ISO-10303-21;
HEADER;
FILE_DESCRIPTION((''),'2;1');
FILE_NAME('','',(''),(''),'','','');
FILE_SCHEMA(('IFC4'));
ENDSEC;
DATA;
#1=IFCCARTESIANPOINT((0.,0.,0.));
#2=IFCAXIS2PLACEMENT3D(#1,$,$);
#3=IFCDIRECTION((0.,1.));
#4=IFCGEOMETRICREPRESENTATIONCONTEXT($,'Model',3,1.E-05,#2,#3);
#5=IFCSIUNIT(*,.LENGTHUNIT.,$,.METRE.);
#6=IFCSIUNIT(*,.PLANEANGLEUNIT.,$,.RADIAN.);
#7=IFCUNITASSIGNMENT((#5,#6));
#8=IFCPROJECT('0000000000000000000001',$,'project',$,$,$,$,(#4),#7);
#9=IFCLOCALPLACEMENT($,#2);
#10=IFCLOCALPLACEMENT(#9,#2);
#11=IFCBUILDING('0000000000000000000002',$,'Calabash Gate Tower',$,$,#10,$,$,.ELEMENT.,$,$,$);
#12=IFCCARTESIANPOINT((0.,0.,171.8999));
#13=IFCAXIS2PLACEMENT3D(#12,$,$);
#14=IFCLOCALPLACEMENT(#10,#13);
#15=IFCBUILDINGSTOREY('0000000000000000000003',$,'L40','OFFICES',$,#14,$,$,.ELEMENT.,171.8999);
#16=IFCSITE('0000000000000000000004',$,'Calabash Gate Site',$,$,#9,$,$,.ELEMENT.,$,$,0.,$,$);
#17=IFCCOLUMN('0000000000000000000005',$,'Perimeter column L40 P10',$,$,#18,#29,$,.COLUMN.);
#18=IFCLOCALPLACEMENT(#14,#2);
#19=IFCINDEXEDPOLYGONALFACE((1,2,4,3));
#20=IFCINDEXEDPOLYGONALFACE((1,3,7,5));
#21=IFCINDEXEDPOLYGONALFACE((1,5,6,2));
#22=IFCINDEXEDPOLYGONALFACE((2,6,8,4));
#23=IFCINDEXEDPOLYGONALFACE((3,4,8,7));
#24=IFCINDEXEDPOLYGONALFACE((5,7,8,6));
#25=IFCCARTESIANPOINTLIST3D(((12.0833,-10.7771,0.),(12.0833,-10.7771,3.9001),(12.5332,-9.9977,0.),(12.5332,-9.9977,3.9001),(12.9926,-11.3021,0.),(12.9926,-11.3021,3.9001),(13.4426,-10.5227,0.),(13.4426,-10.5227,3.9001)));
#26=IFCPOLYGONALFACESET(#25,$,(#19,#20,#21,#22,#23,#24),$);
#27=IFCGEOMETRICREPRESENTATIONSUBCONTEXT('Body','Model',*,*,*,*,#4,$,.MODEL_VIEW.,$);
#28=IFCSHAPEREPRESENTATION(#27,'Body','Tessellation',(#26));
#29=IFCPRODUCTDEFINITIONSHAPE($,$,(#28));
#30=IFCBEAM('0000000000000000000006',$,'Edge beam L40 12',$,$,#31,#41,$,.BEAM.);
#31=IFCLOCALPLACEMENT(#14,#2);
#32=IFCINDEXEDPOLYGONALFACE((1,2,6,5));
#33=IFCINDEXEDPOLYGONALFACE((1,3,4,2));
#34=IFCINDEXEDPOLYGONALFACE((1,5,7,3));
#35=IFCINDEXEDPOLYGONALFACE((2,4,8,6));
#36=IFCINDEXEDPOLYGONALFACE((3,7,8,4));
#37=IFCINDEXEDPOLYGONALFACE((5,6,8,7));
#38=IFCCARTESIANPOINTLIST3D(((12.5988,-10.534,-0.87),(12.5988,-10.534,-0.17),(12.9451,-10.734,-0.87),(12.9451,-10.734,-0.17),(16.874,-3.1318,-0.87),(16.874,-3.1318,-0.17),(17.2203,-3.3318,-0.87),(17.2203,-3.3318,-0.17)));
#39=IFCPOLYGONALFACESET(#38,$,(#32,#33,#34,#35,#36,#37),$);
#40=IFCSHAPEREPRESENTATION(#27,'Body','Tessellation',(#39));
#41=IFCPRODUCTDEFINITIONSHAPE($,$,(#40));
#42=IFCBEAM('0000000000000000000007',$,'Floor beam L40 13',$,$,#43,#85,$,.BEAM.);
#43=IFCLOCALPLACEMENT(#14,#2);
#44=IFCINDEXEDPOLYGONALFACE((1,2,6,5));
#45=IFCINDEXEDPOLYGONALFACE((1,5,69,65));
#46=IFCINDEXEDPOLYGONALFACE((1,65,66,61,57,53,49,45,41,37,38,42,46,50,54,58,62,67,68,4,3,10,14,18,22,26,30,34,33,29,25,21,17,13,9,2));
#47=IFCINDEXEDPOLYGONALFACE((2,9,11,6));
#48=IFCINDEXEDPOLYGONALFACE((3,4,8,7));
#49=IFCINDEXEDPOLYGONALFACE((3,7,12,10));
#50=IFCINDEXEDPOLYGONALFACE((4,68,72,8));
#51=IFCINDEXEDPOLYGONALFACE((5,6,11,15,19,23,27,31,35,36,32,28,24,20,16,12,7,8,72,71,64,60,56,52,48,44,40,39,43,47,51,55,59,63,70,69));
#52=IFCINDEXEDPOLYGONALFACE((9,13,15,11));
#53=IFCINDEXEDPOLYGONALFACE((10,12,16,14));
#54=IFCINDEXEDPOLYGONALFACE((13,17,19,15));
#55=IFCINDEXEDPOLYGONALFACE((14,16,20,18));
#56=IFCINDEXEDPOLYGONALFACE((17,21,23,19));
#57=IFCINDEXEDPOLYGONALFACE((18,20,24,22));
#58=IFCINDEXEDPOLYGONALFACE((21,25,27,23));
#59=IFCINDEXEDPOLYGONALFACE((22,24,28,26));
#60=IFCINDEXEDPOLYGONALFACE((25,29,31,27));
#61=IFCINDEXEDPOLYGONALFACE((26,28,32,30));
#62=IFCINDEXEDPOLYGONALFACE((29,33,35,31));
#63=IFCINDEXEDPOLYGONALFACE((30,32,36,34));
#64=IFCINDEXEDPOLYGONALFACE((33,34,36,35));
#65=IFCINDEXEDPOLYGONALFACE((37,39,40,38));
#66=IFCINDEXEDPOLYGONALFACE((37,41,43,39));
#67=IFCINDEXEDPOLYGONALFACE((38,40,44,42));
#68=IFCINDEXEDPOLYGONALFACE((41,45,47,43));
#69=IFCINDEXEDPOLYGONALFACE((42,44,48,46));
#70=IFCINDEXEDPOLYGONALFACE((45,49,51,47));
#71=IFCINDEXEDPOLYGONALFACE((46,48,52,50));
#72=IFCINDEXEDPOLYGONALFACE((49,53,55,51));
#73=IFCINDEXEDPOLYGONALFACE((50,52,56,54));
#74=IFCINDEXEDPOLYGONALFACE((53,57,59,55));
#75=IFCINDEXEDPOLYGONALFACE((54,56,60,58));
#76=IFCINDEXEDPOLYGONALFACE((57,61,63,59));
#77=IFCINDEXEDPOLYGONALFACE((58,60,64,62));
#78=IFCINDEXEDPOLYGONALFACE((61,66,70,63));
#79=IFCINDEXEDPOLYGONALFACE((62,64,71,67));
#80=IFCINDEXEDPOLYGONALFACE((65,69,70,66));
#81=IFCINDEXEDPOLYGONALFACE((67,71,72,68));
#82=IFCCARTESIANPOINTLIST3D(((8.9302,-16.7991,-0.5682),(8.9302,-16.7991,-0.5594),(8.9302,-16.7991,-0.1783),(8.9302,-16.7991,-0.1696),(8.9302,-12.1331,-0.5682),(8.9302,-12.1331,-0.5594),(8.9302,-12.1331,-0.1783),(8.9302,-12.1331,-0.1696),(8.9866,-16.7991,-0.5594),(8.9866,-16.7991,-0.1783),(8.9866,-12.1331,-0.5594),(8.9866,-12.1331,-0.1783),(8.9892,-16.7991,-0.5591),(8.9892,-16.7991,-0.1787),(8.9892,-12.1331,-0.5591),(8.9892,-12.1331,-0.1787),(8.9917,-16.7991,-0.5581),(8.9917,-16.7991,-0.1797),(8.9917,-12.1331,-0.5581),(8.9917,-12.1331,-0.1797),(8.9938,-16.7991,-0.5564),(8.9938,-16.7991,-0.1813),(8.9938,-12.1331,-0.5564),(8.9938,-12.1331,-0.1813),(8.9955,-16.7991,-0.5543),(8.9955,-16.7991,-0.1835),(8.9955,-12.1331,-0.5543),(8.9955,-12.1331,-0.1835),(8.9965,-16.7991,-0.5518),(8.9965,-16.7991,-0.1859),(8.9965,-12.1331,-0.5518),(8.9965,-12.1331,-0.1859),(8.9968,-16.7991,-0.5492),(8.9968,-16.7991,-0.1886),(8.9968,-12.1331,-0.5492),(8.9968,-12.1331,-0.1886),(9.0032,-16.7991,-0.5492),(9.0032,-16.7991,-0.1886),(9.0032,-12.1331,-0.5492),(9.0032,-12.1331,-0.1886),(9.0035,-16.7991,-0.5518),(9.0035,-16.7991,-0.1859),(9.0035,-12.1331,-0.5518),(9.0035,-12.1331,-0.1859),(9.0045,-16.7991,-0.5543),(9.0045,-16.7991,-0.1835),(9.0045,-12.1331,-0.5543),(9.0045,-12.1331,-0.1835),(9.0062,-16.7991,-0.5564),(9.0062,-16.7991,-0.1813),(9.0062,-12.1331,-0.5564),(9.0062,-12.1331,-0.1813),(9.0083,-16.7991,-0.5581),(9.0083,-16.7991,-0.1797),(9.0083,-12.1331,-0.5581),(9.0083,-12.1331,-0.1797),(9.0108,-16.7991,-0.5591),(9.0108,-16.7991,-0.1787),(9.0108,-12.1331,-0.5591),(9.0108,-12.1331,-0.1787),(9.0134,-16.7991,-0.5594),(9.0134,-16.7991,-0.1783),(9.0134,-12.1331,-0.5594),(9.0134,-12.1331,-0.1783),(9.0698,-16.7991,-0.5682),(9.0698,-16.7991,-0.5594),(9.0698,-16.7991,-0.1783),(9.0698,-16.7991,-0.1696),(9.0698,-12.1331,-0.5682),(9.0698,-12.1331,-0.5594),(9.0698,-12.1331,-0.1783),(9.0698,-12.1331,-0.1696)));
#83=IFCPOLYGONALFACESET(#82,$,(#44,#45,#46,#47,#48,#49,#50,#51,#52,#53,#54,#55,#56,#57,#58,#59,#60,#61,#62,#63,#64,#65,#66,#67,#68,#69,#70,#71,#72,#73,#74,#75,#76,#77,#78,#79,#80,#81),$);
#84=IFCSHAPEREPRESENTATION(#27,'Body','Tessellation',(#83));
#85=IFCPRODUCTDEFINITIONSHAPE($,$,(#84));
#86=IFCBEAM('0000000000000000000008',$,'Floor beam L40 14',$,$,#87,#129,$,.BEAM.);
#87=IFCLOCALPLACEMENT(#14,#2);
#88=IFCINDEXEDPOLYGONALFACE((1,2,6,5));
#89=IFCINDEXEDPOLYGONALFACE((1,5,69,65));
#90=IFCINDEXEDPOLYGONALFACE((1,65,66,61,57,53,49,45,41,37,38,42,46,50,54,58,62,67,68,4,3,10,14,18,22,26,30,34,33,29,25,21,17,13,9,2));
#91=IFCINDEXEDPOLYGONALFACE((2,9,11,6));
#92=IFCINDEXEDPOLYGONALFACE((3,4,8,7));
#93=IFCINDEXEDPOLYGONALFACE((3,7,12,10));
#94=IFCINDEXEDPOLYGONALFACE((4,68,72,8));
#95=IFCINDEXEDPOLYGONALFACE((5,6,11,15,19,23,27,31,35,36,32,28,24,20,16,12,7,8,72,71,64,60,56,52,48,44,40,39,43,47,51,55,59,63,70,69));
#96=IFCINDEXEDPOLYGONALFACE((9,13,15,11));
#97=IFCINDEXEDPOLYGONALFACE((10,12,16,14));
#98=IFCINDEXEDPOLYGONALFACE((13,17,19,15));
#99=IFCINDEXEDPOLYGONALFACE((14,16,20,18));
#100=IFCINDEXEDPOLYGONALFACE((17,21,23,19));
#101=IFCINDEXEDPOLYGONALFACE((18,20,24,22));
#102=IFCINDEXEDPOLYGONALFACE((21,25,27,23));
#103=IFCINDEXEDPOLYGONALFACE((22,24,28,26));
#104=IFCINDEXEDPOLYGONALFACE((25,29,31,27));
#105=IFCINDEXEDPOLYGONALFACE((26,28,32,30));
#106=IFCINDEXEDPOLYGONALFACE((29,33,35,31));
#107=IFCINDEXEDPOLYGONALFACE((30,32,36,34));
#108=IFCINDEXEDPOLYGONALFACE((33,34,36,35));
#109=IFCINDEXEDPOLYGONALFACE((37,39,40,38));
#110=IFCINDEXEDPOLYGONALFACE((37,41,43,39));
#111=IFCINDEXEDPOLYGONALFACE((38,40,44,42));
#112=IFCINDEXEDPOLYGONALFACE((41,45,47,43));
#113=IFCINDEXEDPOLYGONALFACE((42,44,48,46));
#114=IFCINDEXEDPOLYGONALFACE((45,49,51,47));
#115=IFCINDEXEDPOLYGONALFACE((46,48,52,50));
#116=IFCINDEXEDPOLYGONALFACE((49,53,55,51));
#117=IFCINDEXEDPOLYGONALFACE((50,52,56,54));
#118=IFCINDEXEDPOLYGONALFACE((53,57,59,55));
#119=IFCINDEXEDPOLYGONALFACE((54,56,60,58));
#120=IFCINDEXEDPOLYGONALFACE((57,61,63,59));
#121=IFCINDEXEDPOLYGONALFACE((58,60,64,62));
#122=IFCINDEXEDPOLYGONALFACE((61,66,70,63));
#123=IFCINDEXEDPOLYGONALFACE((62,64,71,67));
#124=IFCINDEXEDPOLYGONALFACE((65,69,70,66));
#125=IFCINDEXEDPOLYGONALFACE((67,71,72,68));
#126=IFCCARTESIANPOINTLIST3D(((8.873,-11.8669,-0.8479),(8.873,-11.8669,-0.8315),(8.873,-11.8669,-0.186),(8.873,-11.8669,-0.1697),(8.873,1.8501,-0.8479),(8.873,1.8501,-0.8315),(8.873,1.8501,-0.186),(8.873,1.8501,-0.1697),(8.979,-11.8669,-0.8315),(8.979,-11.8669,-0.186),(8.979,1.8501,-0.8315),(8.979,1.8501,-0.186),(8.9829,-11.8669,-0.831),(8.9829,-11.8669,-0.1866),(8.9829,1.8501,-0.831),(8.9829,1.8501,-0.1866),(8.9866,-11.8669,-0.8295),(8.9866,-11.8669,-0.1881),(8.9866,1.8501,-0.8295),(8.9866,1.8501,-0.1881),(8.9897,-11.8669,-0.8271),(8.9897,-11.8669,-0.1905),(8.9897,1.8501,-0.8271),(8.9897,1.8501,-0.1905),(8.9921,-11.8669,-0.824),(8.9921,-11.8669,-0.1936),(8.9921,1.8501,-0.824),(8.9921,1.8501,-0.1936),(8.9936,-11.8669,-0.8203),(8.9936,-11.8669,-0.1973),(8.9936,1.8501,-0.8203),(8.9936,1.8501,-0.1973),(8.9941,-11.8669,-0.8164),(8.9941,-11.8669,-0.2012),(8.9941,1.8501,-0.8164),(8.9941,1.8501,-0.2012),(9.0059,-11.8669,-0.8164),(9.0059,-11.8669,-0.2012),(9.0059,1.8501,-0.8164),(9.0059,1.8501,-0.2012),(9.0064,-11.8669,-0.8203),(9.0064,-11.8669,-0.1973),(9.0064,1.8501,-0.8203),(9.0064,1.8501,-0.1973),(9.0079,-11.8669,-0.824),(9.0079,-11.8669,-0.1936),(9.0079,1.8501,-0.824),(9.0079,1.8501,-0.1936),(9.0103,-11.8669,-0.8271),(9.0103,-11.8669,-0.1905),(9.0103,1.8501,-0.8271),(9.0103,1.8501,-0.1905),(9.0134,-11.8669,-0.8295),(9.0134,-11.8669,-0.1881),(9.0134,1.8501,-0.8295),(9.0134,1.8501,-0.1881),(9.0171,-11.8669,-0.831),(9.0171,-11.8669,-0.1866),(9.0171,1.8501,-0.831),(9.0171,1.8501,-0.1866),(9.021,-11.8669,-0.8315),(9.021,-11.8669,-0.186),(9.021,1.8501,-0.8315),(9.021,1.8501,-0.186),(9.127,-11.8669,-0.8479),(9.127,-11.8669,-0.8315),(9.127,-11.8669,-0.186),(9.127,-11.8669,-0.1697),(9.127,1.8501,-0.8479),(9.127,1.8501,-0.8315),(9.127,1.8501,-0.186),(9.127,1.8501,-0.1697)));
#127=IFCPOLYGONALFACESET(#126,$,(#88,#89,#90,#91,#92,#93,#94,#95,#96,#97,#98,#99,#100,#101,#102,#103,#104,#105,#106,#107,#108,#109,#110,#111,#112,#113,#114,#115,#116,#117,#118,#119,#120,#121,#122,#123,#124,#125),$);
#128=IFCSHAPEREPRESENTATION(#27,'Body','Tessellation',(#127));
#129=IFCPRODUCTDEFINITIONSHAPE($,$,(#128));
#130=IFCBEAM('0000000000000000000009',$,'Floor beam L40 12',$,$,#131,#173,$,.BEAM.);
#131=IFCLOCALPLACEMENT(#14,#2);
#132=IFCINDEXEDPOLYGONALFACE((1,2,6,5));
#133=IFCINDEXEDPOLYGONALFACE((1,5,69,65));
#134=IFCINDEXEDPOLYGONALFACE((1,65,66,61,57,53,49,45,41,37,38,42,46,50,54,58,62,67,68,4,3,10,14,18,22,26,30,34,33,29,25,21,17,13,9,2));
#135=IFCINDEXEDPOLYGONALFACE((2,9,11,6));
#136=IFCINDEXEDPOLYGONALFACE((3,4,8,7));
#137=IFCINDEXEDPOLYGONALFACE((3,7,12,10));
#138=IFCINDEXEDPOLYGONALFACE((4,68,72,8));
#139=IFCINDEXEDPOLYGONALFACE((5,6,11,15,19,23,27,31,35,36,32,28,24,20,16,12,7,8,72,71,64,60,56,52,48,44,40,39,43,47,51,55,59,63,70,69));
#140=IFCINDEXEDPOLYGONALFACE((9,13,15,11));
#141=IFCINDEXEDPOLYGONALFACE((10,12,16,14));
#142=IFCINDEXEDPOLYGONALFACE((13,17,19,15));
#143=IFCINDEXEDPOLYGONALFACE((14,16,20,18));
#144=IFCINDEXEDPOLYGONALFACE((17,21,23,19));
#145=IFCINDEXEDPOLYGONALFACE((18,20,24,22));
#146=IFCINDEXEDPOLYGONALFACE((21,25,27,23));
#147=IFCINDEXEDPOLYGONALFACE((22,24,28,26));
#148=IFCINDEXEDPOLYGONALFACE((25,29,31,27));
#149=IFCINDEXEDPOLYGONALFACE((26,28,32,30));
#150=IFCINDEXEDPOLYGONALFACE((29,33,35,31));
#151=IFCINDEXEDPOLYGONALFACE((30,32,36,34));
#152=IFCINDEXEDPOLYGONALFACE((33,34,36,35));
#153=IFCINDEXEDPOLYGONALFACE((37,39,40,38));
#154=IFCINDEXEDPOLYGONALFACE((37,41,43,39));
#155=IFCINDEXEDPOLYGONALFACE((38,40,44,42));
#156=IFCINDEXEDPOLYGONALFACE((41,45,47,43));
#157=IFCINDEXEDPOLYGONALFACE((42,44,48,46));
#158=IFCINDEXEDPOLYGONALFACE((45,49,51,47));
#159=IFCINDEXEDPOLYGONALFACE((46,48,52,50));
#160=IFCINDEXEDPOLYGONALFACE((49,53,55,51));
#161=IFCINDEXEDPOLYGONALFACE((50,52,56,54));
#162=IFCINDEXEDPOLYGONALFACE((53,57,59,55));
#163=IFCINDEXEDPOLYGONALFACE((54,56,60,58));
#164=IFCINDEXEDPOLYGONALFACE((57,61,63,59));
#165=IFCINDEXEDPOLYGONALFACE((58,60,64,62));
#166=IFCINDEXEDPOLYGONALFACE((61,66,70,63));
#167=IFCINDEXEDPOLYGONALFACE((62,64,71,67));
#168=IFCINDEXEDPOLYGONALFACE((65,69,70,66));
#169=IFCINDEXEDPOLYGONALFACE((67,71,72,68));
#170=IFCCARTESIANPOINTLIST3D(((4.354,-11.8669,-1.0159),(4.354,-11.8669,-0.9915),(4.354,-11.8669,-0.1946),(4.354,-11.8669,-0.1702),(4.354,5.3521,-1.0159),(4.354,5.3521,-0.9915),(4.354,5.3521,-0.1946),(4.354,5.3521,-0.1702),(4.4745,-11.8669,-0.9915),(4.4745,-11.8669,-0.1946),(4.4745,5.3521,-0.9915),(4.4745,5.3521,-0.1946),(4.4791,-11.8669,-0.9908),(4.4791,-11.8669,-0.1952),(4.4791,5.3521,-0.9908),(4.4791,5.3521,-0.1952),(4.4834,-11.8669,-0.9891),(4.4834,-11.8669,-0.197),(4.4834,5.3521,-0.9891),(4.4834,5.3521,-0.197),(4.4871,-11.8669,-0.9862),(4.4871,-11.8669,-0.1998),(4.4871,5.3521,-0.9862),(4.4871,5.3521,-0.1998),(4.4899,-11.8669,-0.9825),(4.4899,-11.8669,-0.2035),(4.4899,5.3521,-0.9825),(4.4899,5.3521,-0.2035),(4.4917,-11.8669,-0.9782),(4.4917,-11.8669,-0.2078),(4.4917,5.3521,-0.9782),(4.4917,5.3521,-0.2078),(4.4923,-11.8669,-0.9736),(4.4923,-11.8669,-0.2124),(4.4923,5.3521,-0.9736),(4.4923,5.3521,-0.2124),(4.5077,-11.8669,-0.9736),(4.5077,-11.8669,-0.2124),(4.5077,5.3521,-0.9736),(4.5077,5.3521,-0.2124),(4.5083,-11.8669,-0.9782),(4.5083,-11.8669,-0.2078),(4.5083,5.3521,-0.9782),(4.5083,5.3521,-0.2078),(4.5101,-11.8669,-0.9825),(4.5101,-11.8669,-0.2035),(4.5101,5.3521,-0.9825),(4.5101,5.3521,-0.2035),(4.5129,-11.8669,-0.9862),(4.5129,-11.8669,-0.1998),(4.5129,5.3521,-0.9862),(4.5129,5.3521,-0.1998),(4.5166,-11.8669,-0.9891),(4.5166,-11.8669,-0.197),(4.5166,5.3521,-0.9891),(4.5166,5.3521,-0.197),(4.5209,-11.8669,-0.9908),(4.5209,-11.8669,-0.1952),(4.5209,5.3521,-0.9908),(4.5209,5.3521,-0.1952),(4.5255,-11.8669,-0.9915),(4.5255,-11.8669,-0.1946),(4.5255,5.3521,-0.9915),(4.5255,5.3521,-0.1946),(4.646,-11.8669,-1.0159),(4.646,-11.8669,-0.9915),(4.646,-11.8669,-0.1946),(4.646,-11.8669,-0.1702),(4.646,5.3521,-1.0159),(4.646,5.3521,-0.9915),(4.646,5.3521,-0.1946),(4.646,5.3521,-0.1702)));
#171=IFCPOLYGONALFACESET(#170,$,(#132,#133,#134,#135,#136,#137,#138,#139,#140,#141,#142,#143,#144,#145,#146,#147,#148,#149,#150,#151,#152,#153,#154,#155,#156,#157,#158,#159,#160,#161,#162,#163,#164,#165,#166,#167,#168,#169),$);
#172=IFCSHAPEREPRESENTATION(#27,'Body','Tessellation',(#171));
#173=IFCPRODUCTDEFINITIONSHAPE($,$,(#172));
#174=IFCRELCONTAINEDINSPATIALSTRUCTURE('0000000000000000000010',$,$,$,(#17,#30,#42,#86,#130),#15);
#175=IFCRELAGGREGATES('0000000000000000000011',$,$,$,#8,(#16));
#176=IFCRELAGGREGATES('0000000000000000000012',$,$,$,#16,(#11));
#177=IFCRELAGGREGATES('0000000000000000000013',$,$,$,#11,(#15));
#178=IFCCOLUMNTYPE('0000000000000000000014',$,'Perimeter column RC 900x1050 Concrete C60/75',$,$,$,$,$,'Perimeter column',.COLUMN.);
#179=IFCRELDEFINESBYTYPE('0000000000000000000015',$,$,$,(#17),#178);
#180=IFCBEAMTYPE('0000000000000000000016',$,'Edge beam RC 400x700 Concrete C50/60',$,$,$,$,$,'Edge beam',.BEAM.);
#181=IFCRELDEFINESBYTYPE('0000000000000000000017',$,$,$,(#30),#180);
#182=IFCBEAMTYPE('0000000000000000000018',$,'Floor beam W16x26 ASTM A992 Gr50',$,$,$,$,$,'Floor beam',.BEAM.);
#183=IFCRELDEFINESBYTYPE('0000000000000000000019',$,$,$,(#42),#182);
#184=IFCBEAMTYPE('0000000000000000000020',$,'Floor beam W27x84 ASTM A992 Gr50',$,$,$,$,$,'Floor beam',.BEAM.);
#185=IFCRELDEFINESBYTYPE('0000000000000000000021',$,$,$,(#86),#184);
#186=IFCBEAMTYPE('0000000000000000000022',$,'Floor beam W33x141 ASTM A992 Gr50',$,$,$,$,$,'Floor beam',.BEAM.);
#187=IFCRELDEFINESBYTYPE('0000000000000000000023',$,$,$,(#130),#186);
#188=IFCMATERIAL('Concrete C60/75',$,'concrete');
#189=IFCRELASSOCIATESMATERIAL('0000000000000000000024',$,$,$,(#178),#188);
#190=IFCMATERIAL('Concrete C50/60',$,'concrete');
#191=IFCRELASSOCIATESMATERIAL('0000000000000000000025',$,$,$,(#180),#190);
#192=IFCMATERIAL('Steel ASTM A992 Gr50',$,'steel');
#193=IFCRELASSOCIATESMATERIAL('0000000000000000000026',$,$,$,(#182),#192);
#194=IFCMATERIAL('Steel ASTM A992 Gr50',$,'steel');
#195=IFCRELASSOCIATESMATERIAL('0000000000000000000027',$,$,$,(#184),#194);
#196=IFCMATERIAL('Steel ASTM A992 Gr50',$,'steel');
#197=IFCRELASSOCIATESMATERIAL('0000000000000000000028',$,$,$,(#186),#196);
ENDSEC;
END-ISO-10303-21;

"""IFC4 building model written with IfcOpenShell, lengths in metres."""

from ifc_helpers import new_model, si_unit, direction, frame, origin, origin_2d, place, context, subcontext, project, spatial, rectangle, i_section, extrude, material, material_profile, profile_set, type_object, element, save


model = new_model("IFC4")

# Units and contexts
model_context = context("Model", 3, precision=1e-05, world=origin(), true_north=direction((0.0, 1.0)))
body_context = subcontext(model_context, "Body", "Model", "MODEL_VIEW")
ifc_project = project(units=[si_unit("LENGTHUNIT", "METRE"), si_unit("PLANEANGLEUNIT", "RADIAN")], contexts=[model_context])

# Site, building, storey
site_placement = place(None, origin())
site = spatial("IfcSite", under=ifc_project, at=site_placement, Name="Calabash Gate Site", CompositionType="ELEMENT", RefElevation=0.0)
building_placement = place(site_placement, origin())
building = spatial("IfcBuilding", under=site, at=building_placement, Name="Calabash Gate Tower", CompositionType="ELEMENT")
storey_placement = place(building_placement, frame((0.0, 0.0, 171.8999)))
storey = spatial("IfcBuildingStorey", under=building, at=storey_placement, Name="L40", Description="OFFICES", CompositionType="ELEMENT", Elevation=171.8999)

# Column
ifc_material_1 = material(Name="Concrete C60/75", Category="concrete")
ifc_material_profile_1 = material_profile(ifc_material_1, rectangle(XDim=0.8999, YDim=1.05, at=origin_2d()))
ifc_profile_set_1 = profile_set([ifc_material_profile_1], Name="Concrete C60/75")
column_type = type_object("IfcColumnType", Name="Perimeter column RC 900x1050 Concrete C60/75", ElementType="Perimeter column", PredefinedType="COLUMN", material=ifc_profile_set_1)
column_placement = place(storey_placement, frame((12.7629, -10.6499, 0.0), z_axis=(0.0, 0.0, 1.0), x_axis=(0.5, 0.866025, 0.0)))
element("IfcColumn", 1, at=column_placement, inside=storey, type_object=column_type, Name="Perimeter column L40 P10", PredefinedType="COLUMN", context=body_context, shape_type="SweptSolid", body=[
    extrude(rectangle(XDim=0.8999, YDim=1.05, at=origin_2d()), origin(), (0.0, 0.0, 1.0), 3.9001),
])

# Beams
ifc_material_2 = material(Name="Concrete C50/60", Category="concrete")
ifc_material_profile_2 = material_profile(ifc_material_2, rectangle(XDim=0.3999, YDim=0.7, at=origin_2d()))
ifc_profile_set_2 = profile_set([ifc_material_profile_2], Name="Concrete C50/60")
beam_type_1 = type_object("IfcBeamType", Name="Edge beam RC 400x700 Concrete C50/60", ElementType="Edge beam", PredefinedType="BEAM", material=ifc_profile_set_2)
beam_1_placement = place(storey_placement, frame((12.772, -10.634, -0.52), z_axis=(0.500135, 0.865947, 0.0), x_axis=(-0.865947, 0.500135, 0.0)))
element("IfcBeam", 2, at=beam_1_placement, inside=storey, type_object=beam_type_1, Name="Edge beam L40 12", PredefinedType="BEAM", context=body_context, shape_type="SweptSolid", body=[
    extrude(rectangle(XDim=0.3999, YDim=0.7, at=origin_2d()), origin(), (0.0, 0.0, 1.0), 8.5481),
])
ifc_material_3 = material(Name="Steel ASTM A992 Gr50", Category="steel")
ifc_material_profile_3 = material_profile(ifc_material_3, i_section(OverallWidth=0.1396, OverallDepth=0.3987, WebThickness=0.0063, FlangeThickness=0.0088, FilletRadius=0.0103, at=origin_2d()))
ifc_profile_set_3 = profile_set([ifc_material_profile_3], Name="Steel ASTM A992 Gr50")
beam_type_2 = type_object("IfcBeamType", Name="Floor beam W16x26 ASTM A992 Gr50", ElementType="Floor beam", PredefinedType="BEAM", material=ifc_profile_set_3)
beam_2_placement = place(storey_placement, frame((9.0, -16.7991, -0.3689), z_axis=(0.0, 1.0, 0.0), x_axis=(-1.0, 0.0, 0.0)))
element("IfcBeam", 3, at=beam_2_placement, inside=storey, type_object=beam_type_2, Name="Floor beam L40 13", PredefinedType="BEAM", context=body_context, shape_type="SweptSolid", body=[
    extrude(i_section(OverallWidth=0.1396, OverallDepth=0.3987, WebThickness=0.0063, FlangeThickness=0.0088, FilletRadius=0.0103, at=origin_2d()), origin(), (0.0, 0.0, 1.0), 4.666),
])
ifc_material_4 = material(Name="Steel ASTM A992 Gr50", Category="steel")
ifc_material_profile_4 = material_profile(ifc_material_4, i_section(OverallWidth=0.2539, OverallDepth=0.6782, WebThickness=0.0117, FlangeThickness=0.0164, FilletRadius=0.0151, at=origin_2d()))
ifc_profile_set_4 = profile_set([ifc_material_profile_4], Name="Steel ASTM A992 Gr50")
beam_type_3 = type_object("IfcBeamType", Name="Floor beam W27x84 ASTM A992 Gr50", ElementType="Floor beam", PredefinedType="BEAM", material=ifc_profile_set_4)
beam_3_placement = place(storey_placement, frame((9.0, -11.8669, -0.5088), z_axis=(0.0, 1.0, 0.0), x_axis=(-1.0, 0.0, 0.0)))
element("IfcBeam", 4, at=beam_3_placement, inside=storey, type_object=beam_type_3, Name="Floor beam L40 14", PredefinedType="BEAM", context=body_context, shape_type="SweptSolid", body=[
    extrude(i_section(OverallWidth=0.2539, OverallDepth=0.6782, WebThickness=0.0117, FlangeThickness=0.0164, FilletRadius=0.0151, at=origin_2d()), origin(), (0.0, 0.0, 1.0), 13.717),
])
ifc_material_5 = material(Name="Steel ASTM A992 Gr50", Category="steel")
ifc_material_profile_5 = material_profile(ifc_material_5, i_section(OverallWidth=0.292, OverallDepth=0.8457, WebThickness=0.0154, FlangeThickness=0.0244, FilletRadius=0.0178, at=origin_2d()))
ifc_profile_set_5 = profile_set([ifc_material_profile_5], Name="Steel ASTM A992 Gr50")
beam_type_4 = type_object("IfcBeamType", Name="Floor beam W33x141 ASTM A992 Gr50", ElementType="Floor beam", PredefinedType="BEAM", material=ifc_profile_set_5)
beam_4_placement = place(storey_placement, frame((4.5, -11.8669, -0.593), z_axis=(0.0, 1.0, 0.0), x_axis=(-1.0, 0.0, 0.0)))
element("IfcBeam", 5, at=beam_4_placement, inside=storey, type_object=beam_type_4, Name="Floor beam L40 12", PredefinedType="BEAM", context=body_context, shape_type="SweptSolid", body=[
    extrude(i_section(OverallWidth=0.292, OverallDepth=0.8457, WebThickness=0.0154, FlangeThickness=0.0244, FilletRadius=0.0178, at=origin_2d()), origin(), (0.0, 0.0, 1.0), 17.219),
])

save(model, "model.ifc")
